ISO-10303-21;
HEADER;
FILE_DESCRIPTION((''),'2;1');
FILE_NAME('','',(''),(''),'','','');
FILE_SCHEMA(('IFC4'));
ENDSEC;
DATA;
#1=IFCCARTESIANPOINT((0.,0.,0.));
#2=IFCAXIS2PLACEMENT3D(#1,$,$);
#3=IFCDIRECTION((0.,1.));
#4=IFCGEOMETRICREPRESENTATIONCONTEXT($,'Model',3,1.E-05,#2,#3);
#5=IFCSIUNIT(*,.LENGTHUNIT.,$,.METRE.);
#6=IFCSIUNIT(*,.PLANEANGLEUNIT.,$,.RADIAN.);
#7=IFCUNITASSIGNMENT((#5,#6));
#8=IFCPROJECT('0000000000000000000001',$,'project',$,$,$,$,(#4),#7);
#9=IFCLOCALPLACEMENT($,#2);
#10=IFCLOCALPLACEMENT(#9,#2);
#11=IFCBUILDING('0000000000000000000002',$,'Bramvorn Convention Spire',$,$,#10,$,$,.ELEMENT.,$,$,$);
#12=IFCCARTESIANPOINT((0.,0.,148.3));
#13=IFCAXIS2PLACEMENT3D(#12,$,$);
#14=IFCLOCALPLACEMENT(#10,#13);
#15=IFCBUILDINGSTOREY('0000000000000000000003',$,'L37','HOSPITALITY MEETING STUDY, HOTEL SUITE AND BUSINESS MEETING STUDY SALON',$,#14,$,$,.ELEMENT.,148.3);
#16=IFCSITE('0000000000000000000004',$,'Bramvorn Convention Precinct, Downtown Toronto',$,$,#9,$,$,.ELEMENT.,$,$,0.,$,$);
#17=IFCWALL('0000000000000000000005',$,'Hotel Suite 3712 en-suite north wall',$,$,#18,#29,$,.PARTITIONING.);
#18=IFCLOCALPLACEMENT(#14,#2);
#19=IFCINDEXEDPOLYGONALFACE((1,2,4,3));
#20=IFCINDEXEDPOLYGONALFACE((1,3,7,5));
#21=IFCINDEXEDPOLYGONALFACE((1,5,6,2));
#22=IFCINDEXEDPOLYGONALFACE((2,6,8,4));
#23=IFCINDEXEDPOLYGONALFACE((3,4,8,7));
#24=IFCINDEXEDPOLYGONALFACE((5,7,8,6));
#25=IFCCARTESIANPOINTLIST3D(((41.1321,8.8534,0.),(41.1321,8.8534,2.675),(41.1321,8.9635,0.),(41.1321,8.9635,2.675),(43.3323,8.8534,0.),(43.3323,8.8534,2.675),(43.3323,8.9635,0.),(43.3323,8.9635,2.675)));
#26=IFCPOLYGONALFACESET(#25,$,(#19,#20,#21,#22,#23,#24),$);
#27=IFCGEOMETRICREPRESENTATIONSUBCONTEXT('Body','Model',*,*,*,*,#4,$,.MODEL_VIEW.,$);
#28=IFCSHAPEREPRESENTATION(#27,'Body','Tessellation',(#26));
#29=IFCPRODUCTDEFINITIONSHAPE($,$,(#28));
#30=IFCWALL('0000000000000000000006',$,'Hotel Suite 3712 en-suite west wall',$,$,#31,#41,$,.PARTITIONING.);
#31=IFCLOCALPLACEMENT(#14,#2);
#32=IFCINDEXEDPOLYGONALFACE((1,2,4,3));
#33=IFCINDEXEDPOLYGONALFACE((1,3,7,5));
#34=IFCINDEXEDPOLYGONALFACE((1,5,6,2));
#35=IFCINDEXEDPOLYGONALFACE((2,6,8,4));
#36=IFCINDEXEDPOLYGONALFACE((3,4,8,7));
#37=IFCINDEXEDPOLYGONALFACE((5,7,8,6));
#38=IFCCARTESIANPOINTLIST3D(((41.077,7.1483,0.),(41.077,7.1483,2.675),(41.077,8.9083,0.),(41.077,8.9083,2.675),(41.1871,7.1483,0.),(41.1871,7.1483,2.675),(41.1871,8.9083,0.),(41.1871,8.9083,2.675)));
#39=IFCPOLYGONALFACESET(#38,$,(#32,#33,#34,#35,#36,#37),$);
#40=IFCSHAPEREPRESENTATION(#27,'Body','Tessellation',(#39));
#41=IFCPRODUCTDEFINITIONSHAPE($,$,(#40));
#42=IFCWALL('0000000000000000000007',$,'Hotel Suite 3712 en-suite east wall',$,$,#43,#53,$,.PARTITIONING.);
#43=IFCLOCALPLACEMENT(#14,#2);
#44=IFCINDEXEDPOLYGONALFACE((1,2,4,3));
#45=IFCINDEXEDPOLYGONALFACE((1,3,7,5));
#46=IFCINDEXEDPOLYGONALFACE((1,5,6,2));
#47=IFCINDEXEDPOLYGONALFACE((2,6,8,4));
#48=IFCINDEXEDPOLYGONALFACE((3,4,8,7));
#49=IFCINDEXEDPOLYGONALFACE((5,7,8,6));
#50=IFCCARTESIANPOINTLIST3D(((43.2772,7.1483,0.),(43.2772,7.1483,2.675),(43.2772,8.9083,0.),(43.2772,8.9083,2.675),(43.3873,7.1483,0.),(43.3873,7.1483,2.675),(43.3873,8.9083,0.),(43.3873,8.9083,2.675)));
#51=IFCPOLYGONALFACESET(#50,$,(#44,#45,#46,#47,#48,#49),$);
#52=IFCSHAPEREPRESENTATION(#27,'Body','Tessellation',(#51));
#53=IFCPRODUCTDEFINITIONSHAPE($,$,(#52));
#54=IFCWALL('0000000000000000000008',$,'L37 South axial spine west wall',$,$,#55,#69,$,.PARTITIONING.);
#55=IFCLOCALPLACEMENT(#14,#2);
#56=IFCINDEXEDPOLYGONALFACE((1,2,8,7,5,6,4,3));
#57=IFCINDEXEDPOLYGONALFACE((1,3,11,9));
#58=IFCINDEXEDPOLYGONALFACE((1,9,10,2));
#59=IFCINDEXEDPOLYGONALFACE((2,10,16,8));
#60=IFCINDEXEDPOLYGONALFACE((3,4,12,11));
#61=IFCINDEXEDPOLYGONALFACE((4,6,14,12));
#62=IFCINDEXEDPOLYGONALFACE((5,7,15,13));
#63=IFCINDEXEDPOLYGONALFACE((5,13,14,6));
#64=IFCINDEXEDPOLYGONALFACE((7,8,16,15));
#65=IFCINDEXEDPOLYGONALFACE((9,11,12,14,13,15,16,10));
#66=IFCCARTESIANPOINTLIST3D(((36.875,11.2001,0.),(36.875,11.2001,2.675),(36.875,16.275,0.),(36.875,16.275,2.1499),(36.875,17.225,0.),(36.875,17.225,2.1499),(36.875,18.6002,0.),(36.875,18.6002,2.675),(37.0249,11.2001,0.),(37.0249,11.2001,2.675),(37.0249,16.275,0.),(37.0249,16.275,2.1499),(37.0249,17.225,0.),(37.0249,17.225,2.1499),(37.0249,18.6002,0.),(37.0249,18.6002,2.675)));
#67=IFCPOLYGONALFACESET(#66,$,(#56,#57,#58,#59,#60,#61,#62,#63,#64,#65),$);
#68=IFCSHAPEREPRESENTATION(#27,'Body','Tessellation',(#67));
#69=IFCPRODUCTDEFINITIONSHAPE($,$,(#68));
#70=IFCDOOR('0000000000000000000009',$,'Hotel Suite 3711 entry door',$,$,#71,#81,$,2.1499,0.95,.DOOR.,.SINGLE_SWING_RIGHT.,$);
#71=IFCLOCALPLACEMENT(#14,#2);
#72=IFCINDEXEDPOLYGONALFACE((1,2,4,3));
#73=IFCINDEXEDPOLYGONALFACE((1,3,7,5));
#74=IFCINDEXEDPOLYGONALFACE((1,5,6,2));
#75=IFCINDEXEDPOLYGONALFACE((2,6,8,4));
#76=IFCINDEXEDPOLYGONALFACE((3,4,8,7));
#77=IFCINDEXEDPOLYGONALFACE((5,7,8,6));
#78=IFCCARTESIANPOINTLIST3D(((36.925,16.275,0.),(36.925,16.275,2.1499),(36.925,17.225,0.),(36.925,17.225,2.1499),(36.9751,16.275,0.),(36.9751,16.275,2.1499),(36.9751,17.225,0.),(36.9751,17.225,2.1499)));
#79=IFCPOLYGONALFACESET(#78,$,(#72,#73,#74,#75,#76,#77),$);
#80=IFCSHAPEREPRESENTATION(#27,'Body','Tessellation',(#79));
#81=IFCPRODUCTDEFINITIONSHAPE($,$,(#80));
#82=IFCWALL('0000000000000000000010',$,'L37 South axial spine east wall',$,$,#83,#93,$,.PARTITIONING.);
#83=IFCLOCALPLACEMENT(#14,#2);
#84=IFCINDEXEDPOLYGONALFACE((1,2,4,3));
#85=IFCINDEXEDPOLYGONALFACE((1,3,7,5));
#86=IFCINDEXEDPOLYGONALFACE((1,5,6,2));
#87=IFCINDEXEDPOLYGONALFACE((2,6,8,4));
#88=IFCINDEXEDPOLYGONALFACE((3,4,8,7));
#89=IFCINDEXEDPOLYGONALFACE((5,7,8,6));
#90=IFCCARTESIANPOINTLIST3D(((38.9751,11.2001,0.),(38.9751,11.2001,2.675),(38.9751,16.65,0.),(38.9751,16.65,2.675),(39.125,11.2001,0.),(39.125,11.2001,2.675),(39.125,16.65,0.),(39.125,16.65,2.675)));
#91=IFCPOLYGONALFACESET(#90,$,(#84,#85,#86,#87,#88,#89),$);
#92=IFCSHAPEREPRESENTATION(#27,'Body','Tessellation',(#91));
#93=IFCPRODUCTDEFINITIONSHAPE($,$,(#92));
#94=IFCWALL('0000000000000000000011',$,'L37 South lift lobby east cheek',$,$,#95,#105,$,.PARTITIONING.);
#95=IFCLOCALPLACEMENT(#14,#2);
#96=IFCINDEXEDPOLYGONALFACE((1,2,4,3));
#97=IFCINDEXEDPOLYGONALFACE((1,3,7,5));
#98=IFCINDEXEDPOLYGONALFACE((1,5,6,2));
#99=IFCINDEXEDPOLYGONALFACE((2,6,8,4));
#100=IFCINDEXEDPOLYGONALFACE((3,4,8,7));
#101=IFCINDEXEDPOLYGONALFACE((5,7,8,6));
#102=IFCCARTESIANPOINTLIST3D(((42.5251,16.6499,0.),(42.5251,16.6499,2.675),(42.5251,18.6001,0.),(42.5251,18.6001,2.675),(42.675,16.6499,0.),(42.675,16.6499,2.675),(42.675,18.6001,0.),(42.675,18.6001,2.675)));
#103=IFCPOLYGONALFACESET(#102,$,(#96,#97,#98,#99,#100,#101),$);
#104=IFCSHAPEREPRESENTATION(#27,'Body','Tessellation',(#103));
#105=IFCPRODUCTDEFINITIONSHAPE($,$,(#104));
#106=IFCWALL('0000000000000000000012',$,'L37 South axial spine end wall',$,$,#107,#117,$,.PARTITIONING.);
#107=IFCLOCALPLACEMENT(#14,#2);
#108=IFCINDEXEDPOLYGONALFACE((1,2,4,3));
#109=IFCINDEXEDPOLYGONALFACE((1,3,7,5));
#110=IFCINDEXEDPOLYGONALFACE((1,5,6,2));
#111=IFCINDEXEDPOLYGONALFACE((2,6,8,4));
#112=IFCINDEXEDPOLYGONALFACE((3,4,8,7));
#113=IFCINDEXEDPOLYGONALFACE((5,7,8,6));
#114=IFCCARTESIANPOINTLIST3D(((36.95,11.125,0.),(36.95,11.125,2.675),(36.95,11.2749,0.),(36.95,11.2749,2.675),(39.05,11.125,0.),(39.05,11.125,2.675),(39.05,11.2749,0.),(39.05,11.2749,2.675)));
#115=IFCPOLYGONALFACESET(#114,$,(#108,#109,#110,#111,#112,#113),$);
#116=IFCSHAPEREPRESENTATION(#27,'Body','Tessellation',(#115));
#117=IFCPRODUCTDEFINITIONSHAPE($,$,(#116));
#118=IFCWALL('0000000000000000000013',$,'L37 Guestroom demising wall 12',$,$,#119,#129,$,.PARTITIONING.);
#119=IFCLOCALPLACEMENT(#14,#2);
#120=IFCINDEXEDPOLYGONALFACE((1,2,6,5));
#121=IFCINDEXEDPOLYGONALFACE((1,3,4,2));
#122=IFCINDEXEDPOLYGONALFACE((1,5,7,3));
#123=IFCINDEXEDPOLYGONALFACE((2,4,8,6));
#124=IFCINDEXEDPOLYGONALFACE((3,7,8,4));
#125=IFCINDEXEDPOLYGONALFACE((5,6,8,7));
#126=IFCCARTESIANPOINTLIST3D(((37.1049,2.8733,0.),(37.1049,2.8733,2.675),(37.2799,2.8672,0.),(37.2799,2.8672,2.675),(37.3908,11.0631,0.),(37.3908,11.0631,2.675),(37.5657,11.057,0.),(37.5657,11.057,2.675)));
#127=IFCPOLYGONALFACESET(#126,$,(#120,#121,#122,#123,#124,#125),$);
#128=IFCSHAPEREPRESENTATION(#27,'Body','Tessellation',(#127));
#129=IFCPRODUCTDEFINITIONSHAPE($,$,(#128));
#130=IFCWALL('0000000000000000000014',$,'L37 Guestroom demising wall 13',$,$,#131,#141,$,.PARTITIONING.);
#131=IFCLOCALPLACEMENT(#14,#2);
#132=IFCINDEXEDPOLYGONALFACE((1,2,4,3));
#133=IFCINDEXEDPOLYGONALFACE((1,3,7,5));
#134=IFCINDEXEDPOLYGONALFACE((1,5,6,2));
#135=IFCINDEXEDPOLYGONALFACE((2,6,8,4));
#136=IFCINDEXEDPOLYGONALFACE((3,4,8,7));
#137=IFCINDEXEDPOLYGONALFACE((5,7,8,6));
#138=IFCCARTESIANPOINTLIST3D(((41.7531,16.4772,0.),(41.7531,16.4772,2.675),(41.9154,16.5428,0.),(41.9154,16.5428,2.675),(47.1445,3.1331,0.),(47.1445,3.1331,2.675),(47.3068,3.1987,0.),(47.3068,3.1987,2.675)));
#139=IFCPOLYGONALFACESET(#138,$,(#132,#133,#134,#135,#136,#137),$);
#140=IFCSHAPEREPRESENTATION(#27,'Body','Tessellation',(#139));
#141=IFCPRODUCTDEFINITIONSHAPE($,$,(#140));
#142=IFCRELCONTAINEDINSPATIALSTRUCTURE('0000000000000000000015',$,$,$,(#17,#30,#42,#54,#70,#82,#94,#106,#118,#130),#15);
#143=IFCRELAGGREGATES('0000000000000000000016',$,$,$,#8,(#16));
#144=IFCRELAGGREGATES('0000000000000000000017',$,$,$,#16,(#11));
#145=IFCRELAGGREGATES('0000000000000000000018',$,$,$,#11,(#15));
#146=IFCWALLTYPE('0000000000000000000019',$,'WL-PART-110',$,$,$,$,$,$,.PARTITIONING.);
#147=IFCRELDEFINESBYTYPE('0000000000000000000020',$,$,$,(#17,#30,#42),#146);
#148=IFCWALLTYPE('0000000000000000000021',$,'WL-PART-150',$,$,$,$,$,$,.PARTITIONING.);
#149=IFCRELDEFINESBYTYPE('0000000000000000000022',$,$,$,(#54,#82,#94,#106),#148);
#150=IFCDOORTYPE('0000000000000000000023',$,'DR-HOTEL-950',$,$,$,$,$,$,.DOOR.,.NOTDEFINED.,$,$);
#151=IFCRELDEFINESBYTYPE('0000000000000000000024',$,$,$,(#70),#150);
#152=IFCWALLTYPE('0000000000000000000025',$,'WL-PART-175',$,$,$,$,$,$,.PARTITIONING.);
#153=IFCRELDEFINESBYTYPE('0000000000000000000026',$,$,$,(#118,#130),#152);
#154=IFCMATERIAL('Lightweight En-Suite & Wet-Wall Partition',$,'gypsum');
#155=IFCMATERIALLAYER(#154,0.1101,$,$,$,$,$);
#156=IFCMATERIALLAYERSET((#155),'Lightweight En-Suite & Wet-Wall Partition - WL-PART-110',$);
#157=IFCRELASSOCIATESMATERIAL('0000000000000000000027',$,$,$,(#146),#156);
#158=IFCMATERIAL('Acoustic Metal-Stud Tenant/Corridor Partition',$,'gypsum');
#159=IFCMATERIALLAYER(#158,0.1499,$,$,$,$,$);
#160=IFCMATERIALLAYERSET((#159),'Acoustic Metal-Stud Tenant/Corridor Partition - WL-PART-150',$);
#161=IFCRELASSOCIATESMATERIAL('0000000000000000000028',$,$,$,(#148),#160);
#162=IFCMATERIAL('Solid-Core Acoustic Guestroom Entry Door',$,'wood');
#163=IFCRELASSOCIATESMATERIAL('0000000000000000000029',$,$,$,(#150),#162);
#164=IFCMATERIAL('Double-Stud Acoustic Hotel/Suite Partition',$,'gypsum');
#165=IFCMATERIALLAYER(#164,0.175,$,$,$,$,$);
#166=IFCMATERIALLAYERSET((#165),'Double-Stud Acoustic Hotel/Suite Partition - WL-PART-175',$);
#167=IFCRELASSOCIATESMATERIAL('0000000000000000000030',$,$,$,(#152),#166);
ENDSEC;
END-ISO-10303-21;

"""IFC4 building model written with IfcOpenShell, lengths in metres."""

from ifc_helpers import new_model, si_unit, direction, frame, frame_2d, origin, place, context, subcontext, project, spatial, rectangle, extrude, material, layer, layer_set, type_object, element, fill, save


model = new_model("IFC4")

# Units and contexts
model_context = context("Model", 3, precision=1e-05, world=origin(), true_north=direction((0.0, 1.0)))
body_context = subcontext(model_context, "Body", "Model", "MODEL_VIEW")
ifc_project = project(units=[si_unit("LENGTHUNIT", "METRE"), si_unit("PLANEANGLEUNIT", "RADIAN")], contexts=[model_context])

# Site, building, storey
site_placement = place(None, origin())
site = spatial("IfcSite", under=ifc_project, at=site_placement, Name="Bramvorn Convention Precinct, Downtown Toronto", CompositionType="ELEMENT", RefElevation=0.0)
building_placement = place(site_placement, origin())
building = spatial("IfcBuilding", under=site, at=building_placement, Name="Bramvorn Convention Spire", CompositionType="ELEMENT")
storey_placement = place(building_placement, frame((0.0, 0.0, 148.3)))
storey = spatial("IfcBuildingStorey", under=building, at=storey_placement, Name="L37", Description="HOSPITALITY MEETING STUDY, HOTEL SUITE AND BUSINESS MEETING STUDY SALON", CompositionType="ELEMENT", Elevation=148.3)

# Shared definitions
ifc_material_1 = material(Name="Lightweight En-Suite & Wet-Wall Partition", Category="gypsum")
ifc_layer_1 = layer(ifc_material_1, 0.1101)
ifc_layer_set_1 = layer_set([ifc_layer_1], Name="Lightweight En-Suite & Wet-Wall Partition - WL-PART-110")
wall_type_1 = type_object("IfcWallType", Name="WL-PART-110", PredefinedType="PARTITIONING", material=ifc_layer_set_1)

# Walls
wall_1_placement = place(storey_placement, frame((41.1321, 8.9084, 0.0), z_axis=(0.0, 0.0, 1.0), x_axis=(1.0, 0.0, 0.0)))
element("IfcWall", 1, at=wall_1_placement, inside=storey, type_object=wall_type_1, Name="Hotel Suite 3712 en-suite north wall", PredefinedType="PARTITIONING", context=body_context, shape_type="SweptSolid", body=[
    extrude(rectangle(XDim=2.2002, YDim=0.1101, at=frame_2d((1.1001, 0.0))), origin(), (0.0, 0.0, 1.0), 2.675),
])
for number, where, z_axis, x_axis, name in (
    (2, (41.1321, 7.1484, 0.0), (0.0, 0.0, 1.0), (0.0, 1.0, 0.0), "Hotel Suite 3712 en-suite west wall"),
    (3, (43.3323, 7.1484, 0.0), (0.0, 0.0, 1.0), (0.0, 1.0, 0.0), "Hotel Suite 3712 en-suite east wall"),
):
    element("IfcWall", number, at=place(storey_placement, frame(where, z_axis=z_axis, x_axis=x_axis)), inside=storey, type_object=wall_type_1, Name=name, PredefinedType="PARTITIONING", context=body_context, shape_type="SweptSolid", body=[
        extrude(rectangle(XDim=1.76, YDim=0.1101, at=frame_2d((0.8799, 0.0))), origin(), (0.0, 0.0, 1.0), 2.675),
    ])

# Wall, opening, door
ifc_material_2 = material(Name="Acoustic Metal-Stud Tenant/Corridor Partition", Category="gypsum")
ifc_layer_2 = layer(ifc_material_2, 0.1499)
ifc_layer_set_2 = layer_set([ifc_layer_2], Name="Acoustic Metal-Stud Tenant/Corridor Partition - WL-PART-150")
wall_type_2 = type_object("IfcWallType", Name="WL-PART-150", PredefinedType="PARTITIONING", material=ifc_layer_set_2)
wall_2_placement = place(storey_placement, frame((36.95, 11.2, 0.0), z_axis=(0.0, 0.0, 1.0), x_axis=(0.0, 1.0, 0.0)))
wall_2 = element("IfcWall", 4, at=wall_2_placement, inside=storey, type_object=wall_type_2, Name="L37 South axial spine west wall", PredefinedType="PARTITIONING", context=body_context, shape_type="SweptSolid", body=[
    extrude(rectangle(XDim=7.4001, YDim=0.1499, at=frame_2d((3.7002, 0.0))), origin(), (0.0, 0.0, 1.0), 2.675),
])
opening_1_placement = place(wall_2_placement, frame((5.075, 0.0, 0.0)))
opening_1 = element("IfcOpeningElement", 5, at=opening_1_placement, cuts=wall_2, PredefinedType="OPENING", context=body_context, shape_type="SweptSolid", body=[
    extrude(rectangle(XDim=0.95, YDim=2.1499, at=frame_2d((0.4751, 1.075))), frame((0.0, 0.085, 0.0), z_axis=(0.0, -1.0, 0.0), x_axis=(1.0, 0.0, 0.0)), (0.0, 0.0, 1.0), 0.1699),
])
ifc_material_3 = material(Name="Solid-Core Acoustic Guestroom Entry Door", Category="wood")
door_type_1 = type_object("IfcDoorType", Name="DR-HOTEL-950", OperationType="NOTDEFINED", PredefinedType="DOOR", material=ifc_material_3)
door_1_placement = place(opening_1_placement, origin())
door_1 = element("IfcDoor", 6, at=door_1_placement, inside=storey, type_object=door_type_1, Name="Hotel Suite 3711 entry door", OperationType="SINGLE_SWING_RIGHT", OverallHeight=2.1499, OverallWidth=0.95, PredefinedType="DOOR", context=body_context, shape_type="SweptSolid", body=[
    extrude(rectangle(XDim=0.95, YDim=2.1499, at=frame_2d((0.4751, 1.075))), frame((0.0, 0.0249, 0.0), z_axis=(0.0, -1.0, 0.0), x_axis=(1.0, 0.0, 0.0)), (0.0, 0.0, 1.0), 0.05),
])
fill(opening_1, door_1)

# Wall
wall_3_placement = place(storey_placement, frame((39.05, 11.2, 0.0), z_axis=(0.0, 0.0, 1.0), x_axis=(0.0, 1.0, 0.0)))
element("IfcWall", 7, at=wall_3_placement, inside=storey, type_object=wall_type_2, Name="L37 South axial spine east wall", PredefinedType="PARTITIONING", context=body_context, shape_type="SweptSolid", body=[
    extrude(rectangle(XDim=5.45, YDim=0.1499, at=frame_2d((2.7251, 0.0))), origin(), (0.0, 0.0, 1.0), 2.675),
])

# Walls
wall_4_placement = place(storey_placement, frame((42.6001, 16.6499, 0.0), z_axis=(0.0, 0.0, 1.0), x_axis=(0.0, 1.0, 0.0)))
element("IfcWall", 8, at=wall_4_placement, inside=storey, type_object=wall_type_2, Name="L37 South lift lobby east cheek", PredefinedType="PARTITIONING", context=body_context, shape_type="SweptSolid", body=[
    extrude(rectangle(XDim=1.9502, YDim=0.1499, at=frame_2d((0.9751, 0.0))), origin(), (0.0, 0.0, 1.0), 2.675),
])
wall_5_placement = place(storey_placement, frame((36.95, 11.2, 0.0), z_axis=(0.0, 0.0, 1.0), x_axis=(1.0, 0.0, 0.0)))
element("IfcWall", 9, at=wall_5_placement, inside=storey, type_object=wall_type_2, Name="L37 South axial spine end wall", PredefinedType="PARTITIONING", context=body_context, shape_type="SweptSolid", body=[
    extrude(rectangle(XDim=2.1001, YDim=0.1499, at=frame_2d((1.05, 0.0))), origin(), (0.0, 0.0, 1.0), 2.675),
])
ifc_material_4 = material(Name="Double-Stud Acoustic Hotel/Suite Partition", Category="gypsum")
ifc_layer_3 = layer(ifc_material_4, 0.175)
ifc_layer_set_3 = layer_set([ifc_layer_3], Name="Double-Stud Acoustic Hotel/Suite Partition - WL-PART-175")
wall_type_3 = type_object("IfcWallType", Name="WL-PART-175", PredefinedType="PARTITIONING", material=ifc_layer_set_3)
wall_6_placement = place(storey_placement, frame((37.4783, 11.0601, 0.0), z_axis=(0.0, 0.0, 1.0), x_axis=(-0.034886, -0.999391, 0.0)))
element("IfcWall", 10, at=wall_6_placement, inside=storey, type_object=wall_type_3, Name="L37 Guestroom demising wall 12", PredefinedType="PARTITIONING", context=body_context, shape_type="SweptSolid", body=[
    extrude(rectangle(XDim=8.1948, YDim=0.175, at=frame_2d((4.0974, 0.0))), origin(), (0.0, 0.0, 1.0), 2.675),
])
wall_7_placement = place(storey_placement, frame((41.8342, 16.51, 0.0), z_axis=(0.0, 0.0, 1.0), x_axis=(0.374609, -0.927183, 0.0)))
element("IfcWall", 11, at=wall_7_placement, inside=storey, type_object=wall_type_3, Name="L37 Guestroom demising wall 13", PredefinedType="PARTITIONING", context=body_context, shape_type="SweptSolid", body=[
    extrude(rectangle(XDim=14.3921, YDim=0.175, at=frame_2d((7.196, 0.0))), origin(), (0.0, 0.0, 1.0), 2.675),
])

save(model, "model.ifc")
